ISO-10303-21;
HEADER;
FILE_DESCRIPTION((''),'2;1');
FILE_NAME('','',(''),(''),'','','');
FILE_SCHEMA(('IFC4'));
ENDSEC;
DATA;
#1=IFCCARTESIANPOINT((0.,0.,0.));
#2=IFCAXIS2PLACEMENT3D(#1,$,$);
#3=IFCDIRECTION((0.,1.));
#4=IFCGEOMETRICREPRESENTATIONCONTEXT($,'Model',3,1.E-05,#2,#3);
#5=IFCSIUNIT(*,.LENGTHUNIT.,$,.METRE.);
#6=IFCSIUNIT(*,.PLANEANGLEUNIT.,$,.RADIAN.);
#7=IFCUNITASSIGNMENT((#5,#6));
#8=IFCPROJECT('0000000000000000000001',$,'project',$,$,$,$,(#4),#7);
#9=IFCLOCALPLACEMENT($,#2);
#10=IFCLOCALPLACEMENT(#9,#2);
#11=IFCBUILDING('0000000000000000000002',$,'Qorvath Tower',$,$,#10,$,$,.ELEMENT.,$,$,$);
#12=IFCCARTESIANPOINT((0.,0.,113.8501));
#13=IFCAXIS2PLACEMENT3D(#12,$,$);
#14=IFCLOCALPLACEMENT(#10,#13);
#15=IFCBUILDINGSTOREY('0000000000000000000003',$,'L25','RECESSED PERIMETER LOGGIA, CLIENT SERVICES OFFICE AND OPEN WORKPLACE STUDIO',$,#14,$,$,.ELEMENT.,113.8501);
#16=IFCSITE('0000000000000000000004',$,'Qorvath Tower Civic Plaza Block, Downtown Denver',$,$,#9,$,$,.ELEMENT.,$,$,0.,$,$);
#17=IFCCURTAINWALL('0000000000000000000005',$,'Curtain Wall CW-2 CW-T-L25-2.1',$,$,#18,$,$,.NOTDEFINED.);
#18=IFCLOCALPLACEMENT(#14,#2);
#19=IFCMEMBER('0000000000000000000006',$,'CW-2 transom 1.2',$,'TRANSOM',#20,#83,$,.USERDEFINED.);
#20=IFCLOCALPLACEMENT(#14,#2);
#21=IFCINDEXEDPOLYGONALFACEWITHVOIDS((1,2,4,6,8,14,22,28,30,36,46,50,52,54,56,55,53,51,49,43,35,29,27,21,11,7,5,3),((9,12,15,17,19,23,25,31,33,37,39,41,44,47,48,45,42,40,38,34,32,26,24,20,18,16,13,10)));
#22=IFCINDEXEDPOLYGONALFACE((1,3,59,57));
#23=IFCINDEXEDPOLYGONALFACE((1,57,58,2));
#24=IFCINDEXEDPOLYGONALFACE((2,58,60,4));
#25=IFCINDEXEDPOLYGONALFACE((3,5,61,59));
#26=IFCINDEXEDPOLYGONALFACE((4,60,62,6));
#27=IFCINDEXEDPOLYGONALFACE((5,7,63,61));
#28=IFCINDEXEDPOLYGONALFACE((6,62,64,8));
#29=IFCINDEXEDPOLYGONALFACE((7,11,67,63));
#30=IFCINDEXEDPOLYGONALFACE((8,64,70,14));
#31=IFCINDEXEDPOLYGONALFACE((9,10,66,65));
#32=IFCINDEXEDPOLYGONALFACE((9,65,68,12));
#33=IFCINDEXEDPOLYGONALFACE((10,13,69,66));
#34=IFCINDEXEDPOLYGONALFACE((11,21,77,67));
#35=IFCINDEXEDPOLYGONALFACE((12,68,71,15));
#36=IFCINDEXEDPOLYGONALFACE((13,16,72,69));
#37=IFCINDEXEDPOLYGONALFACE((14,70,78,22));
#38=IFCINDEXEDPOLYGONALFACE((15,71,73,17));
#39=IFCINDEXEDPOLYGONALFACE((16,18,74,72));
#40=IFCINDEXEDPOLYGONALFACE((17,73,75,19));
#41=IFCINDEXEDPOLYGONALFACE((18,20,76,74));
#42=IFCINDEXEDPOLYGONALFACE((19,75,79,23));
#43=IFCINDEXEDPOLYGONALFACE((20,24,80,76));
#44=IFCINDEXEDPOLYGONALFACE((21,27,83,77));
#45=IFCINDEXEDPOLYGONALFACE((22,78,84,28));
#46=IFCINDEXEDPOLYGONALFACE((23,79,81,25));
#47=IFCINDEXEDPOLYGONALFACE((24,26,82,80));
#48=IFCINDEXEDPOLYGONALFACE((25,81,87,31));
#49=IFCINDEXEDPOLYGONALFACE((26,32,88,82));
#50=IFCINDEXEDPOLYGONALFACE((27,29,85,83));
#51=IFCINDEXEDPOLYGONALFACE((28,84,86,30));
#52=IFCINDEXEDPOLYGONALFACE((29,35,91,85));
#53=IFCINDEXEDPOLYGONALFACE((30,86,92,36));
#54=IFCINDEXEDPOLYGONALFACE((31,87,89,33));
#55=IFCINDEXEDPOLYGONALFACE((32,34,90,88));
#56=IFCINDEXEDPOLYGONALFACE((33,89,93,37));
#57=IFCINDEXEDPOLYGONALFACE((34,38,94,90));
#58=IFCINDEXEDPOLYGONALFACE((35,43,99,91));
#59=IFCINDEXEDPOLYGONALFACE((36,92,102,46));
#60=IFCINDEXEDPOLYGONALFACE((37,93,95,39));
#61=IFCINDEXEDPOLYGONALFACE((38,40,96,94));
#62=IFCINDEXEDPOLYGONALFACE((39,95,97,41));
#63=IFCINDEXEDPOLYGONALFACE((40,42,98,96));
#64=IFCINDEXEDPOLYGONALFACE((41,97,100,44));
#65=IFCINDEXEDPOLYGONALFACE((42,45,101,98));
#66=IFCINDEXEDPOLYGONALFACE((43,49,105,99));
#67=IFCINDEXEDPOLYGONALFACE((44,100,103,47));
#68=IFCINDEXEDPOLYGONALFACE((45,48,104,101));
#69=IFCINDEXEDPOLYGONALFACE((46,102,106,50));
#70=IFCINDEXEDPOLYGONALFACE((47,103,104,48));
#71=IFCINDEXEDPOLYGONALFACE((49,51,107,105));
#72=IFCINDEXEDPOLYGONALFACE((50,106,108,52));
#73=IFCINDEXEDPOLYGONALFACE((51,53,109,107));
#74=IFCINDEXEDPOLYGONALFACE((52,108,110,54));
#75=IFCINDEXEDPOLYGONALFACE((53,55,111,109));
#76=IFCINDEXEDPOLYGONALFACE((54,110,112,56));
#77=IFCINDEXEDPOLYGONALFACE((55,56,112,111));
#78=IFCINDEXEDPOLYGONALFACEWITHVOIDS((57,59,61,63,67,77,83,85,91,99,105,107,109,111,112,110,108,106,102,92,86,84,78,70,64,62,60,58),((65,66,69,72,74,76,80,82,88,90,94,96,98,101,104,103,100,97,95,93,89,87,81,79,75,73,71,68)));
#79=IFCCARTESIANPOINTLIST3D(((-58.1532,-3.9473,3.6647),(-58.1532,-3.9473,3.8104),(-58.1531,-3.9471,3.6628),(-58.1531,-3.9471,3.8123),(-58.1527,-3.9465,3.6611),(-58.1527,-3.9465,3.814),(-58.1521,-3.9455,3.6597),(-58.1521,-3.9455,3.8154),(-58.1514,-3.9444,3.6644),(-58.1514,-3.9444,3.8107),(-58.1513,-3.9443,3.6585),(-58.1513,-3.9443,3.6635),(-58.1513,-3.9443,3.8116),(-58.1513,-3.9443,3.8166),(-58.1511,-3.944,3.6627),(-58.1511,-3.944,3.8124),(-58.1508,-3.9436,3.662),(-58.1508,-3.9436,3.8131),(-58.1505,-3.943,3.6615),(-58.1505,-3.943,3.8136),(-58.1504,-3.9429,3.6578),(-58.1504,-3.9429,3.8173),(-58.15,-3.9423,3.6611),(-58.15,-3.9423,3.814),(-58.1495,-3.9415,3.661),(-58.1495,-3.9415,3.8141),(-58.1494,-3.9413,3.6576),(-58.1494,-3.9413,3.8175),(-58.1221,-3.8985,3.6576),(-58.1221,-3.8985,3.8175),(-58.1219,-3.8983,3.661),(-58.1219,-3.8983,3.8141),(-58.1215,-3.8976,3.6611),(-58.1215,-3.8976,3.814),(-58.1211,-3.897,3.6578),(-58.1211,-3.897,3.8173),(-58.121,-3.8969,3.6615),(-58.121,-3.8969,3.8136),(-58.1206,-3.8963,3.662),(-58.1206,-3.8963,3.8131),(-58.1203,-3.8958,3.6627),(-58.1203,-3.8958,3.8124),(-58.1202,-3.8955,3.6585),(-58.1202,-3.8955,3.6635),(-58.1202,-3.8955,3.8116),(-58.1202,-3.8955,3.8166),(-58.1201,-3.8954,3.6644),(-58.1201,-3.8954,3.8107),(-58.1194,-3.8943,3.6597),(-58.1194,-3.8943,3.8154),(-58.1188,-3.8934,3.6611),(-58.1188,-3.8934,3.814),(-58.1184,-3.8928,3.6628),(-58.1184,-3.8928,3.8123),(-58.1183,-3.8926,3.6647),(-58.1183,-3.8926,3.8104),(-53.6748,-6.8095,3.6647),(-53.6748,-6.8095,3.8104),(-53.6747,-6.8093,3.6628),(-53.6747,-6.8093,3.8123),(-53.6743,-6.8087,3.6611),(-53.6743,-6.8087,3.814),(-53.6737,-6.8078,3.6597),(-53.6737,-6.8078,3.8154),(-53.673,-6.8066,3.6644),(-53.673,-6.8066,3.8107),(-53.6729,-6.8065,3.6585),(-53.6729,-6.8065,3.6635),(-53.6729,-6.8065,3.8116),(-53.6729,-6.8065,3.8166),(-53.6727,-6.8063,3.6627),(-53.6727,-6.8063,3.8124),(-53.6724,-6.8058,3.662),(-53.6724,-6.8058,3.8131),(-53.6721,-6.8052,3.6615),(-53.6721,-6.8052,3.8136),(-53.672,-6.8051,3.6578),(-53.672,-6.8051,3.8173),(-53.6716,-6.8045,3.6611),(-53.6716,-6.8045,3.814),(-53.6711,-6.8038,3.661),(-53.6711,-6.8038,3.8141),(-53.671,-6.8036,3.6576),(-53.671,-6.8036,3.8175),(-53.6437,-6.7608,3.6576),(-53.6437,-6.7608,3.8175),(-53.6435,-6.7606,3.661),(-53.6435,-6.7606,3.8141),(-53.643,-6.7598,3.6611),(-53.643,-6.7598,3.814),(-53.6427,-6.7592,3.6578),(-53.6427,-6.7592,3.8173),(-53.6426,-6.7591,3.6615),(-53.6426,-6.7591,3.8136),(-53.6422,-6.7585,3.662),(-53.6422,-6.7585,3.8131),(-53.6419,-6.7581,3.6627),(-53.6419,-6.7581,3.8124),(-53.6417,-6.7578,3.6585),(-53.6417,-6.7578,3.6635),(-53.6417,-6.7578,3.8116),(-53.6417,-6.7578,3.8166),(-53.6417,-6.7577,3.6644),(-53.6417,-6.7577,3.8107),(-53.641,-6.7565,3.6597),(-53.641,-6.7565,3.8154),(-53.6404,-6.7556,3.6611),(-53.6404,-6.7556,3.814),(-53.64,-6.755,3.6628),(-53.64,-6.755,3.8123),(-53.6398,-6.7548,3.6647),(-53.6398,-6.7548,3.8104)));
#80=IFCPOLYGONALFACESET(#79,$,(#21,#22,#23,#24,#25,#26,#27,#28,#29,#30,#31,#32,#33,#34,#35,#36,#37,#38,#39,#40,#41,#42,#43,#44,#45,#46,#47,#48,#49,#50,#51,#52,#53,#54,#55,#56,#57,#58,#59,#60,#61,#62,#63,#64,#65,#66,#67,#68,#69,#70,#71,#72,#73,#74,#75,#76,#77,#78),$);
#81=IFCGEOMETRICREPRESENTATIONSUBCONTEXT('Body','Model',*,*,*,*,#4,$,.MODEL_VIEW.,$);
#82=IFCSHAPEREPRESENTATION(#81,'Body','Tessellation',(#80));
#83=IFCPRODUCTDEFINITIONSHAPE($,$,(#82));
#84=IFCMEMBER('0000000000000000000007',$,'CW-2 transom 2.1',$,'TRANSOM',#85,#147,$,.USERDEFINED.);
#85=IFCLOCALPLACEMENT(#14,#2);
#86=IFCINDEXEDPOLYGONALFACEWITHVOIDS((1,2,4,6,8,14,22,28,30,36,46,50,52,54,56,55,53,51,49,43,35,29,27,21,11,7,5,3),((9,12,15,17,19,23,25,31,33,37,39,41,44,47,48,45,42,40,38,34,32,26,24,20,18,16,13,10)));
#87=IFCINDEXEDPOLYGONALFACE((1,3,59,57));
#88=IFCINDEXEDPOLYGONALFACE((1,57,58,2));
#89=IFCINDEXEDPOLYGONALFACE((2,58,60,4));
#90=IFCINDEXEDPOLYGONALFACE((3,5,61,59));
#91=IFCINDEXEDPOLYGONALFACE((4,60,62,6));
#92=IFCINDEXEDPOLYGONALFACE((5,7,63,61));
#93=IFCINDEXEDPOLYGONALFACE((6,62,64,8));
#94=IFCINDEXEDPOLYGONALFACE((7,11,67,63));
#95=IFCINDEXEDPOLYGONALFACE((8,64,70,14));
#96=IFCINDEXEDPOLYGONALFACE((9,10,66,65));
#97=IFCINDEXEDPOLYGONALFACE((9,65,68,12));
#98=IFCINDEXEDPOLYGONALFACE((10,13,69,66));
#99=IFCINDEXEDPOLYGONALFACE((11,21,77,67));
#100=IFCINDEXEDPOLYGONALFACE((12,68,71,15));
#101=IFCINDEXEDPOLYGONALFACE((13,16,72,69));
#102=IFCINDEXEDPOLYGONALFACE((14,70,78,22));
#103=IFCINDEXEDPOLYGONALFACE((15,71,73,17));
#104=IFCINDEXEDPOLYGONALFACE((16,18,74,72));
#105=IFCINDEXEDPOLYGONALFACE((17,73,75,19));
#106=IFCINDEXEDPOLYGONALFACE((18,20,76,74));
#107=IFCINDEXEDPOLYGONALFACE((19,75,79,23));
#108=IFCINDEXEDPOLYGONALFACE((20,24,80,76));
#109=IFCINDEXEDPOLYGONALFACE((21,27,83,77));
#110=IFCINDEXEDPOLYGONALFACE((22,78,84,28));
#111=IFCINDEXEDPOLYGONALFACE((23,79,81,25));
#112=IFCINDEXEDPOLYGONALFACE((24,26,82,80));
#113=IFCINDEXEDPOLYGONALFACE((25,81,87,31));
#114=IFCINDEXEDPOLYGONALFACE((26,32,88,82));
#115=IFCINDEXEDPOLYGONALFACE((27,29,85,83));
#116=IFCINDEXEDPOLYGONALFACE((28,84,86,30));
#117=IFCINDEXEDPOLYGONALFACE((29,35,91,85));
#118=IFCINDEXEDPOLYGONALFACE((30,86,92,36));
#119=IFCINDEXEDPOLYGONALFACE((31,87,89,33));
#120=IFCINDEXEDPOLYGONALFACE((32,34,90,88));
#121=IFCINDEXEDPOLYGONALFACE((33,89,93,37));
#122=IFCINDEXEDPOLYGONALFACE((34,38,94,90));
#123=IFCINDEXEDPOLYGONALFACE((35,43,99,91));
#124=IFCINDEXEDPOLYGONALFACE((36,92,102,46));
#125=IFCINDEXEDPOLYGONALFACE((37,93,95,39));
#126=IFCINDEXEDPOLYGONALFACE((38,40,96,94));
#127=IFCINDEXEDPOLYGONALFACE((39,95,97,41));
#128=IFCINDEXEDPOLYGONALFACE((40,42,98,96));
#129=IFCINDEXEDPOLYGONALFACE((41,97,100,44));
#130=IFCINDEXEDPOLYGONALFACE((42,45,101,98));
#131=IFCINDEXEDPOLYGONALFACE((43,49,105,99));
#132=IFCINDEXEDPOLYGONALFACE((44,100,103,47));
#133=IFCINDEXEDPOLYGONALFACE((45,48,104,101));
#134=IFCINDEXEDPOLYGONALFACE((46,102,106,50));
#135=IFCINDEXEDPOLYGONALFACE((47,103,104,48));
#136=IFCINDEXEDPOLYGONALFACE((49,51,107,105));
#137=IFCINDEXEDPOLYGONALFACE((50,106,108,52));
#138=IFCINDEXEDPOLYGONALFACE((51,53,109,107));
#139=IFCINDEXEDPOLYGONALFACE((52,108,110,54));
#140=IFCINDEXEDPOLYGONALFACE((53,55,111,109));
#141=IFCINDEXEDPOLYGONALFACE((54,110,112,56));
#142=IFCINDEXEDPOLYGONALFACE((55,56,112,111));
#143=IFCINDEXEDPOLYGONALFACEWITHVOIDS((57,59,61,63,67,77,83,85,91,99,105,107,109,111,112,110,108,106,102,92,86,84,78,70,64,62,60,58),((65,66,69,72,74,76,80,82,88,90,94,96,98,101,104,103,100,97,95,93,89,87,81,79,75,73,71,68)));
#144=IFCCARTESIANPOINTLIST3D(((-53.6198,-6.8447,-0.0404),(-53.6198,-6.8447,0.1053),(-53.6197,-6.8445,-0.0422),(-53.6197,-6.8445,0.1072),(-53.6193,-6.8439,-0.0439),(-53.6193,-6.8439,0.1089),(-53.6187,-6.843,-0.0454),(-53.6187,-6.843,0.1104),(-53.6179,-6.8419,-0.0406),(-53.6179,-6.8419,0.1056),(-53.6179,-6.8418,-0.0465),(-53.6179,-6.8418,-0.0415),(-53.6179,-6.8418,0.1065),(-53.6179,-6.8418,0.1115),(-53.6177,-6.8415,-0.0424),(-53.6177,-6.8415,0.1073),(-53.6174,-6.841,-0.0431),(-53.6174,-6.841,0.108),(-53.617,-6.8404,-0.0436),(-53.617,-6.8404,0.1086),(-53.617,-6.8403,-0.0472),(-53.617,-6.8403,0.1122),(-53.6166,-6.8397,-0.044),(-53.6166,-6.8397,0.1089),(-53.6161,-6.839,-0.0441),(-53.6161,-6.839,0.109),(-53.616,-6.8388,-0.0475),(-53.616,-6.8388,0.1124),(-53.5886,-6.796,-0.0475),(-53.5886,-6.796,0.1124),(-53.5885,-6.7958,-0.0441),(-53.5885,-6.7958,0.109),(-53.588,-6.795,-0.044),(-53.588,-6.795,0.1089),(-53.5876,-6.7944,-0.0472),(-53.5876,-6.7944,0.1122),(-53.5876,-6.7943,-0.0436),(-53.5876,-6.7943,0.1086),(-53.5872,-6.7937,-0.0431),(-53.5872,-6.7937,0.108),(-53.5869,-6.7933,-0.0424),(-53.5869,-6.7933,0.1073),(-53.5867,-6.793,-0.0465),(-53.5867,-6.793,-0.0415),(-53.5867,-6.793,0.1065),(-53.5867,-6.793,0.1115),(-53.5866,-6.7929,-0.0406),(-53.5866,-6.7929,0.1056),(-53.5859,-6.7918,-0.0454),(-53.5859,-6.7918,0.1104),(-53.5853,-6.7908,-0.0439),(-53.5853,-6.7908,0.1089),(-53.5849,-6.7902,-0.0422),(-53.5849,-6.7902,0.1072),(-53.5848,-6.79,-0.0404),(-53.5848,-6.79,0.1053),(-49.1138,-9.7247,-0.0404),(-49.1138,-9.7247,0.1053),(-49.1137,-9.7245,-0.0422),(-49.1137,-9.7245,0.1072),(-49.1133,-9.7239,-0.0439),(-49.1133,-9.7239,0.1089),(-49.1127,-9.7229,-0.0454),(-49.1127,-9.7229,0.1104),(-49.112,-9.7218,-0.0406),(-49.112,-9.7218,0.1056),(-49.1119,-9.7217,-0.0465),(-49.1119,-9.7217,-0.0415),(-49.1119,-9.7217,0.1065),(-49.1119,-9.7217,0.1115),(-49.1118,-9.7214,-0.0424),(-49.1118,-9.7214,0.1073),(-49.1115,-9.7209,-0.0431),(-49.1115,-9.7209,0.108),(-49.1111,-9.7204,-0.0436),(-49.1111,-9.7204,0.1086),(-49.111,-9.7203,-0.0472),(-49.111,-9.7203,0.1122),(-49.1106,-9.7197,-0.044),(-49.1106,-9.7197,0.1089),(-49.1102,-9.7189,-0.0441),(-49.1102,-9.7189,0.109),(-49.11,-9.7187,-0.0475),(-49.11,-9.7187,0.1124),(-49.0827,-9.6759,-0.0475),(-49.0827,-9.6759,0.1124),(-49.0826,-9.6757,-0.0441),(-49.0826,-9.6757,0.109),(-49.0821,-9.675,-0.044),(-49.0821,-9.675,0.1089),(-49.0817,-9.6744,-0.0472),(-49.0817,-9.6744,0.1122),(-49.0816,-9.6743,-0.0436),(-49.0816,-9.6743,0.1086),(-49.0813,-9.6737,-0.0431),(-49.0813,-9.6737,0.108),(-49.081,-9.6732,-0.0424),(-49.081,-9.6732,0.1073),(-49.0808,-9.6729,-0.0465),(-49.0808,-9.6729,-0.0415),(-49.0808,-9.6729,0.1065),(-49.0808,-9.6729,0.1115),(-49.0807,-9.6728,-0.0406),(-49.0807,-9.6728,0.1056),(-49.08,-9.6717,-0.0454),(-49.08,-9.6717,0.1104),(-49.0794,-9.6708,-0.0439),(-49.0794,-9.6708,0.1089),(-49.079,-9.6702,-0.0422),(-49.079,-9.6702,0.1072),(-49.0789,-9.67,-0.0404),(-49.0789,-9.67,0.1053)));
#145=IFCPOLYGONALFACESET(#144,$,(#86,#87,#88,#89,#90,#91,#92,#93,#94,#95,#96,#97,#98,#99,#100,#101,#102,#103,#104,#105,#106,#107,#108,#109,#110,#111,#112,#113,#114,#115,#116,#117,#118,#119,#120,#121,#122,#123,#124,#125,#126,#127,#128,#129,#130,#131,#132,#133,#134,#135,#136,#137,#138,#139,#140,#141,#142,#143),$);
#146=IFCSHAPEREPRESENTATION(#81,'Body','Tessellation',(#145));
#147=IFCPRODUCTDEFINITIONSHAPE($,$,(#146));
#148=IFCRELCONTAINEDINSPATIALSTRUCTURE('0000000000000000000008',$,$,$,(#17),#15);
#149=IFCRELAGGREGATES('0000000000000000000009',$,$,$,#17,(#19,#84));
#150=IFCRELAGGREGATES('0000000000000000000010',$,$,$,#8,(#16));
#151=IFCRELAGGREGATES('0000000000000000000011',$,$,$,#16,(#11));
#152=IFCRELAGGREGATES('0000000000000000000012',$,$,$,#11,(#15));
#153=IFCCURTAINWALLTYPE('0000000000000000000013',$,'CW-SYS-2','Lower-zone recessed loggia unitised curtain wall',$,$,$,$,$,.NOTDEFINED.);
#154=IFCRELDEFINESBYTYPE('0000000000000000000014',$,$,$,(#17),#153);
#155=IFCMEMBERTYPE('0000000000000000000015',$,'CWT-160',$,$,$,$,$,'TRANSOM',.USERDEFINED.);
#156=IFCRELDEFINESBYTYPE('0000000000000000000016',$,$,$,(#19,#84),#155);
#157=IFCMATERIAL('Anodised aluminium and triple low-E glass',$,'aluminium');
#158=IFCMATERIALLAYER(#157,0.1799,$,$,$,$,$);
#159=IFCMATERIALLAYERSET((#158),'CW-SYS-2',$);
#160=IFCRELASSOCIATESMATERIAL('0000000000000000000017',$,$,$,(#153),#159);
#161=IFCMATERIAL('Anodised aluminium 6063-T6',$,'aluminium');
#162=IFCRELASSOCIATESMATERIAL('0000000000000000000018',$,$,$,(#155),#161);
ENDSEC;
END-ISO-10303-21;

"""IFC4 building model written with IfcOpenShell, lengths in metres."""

from ifc_helpers import new_model, si_unit, direction, frame, origin, origin_2d, place, context, subcontext, project, spatial, hollow_rectangle, extrude, material, layer, layer_set, material_profile, profile_set, type_object, element, aggregate, save


model = new_model("IFC4")

# Units and contexts
model_context = context("Model", 3, precision=1e-05, world=origin(), true_north=direction((0.0, 1.0)))
body_context = subcontext(model_context, "Body", "Model", "MODEL_VIEW")
ifc_project = project(units=[si_unit("LENGTHUNIT", "METRE"), si_unit("PLANEANGLEUNIT", "RADIAN")], contexts=[model_context])

# Site, building, storey
site_placement = place(None, origin())
site = spatial("IfcSite", under=ifc_project, at=site_placement, Name="Qorvath Tower Civic Plaza Block, Downtown Denver", CompositionType="ELEMENT", RefElevation=0.0)
building_placement = place(site_placement, origin())
building = spatial("IfcBuilding", under=site, at=building_placement, Name="Qorvath Tower", CompositionType="ELEMENT")
storey_placement = place(building_placement, frame((0.0, 0.0, 113.8501)))
storey = spatial("IfcBuildingStorey", under=building, at=storey_placement, Name="L25", Description="RECESSED PERIMETER LOGGIA, CLIENT SERVICES OFFICE AND OPEN WORKPLACE STUDIO", CompositionType="ELEMENT", Elevation=113.8501)

# Curtain wall, members
ifc_material_1 = material(Name="Anodised aluminium and triple low-E glass", Category="aluminium")
ifc_layer_1 = layer(ifc_material_1, 0.1799)
ifc_layer_set_1 = layer_set([ifc_layer_1], Name="CW-SYS-2")
curtain_wall_type = type_object("IfcCurtainWallType", Name="CW-SYS-2", Description="Lower-zone recessed loggia unitised curtain wall", PredefinedType="NOTDEFINED", material=ifc_layer_set_1)
curtain_wall_placement = place(storey_placement, origin())
curtain_wall = element("IfcCurtainWall", 1, at=curtain_wall_placement, inside=storey, type_object=curtain_wall_type, Name="Curtain Wall CW-2 CW-T-L25-2.1", PredefinedType="NOTDEFINED")
ifc_material_2 = material(Name="Anodised aluminium 6063-T6", Category="aluminium")
ifc_material_profile_1 = material_profile(ifc_material_2, hollow_rectangle(XDim=0.0649, YDim=0.1599, WallThickness=0.0034, InnerFilletRadius=0.0034, OuterFilletRadius=0.0071, at=origin_2d()), Name="CWT 160x65")
ifc_profile_set_1 = profile_set([ifc_material_profile_1], Name="Anodised aluminium 6063-T6")
member_type_1 = type_object("IfcMemberType", Name="CWT-160", ElementType="TRANSOM", PredefinedType="USERDEFINED", material=ifc_profile_set_1)
member_1_placement = place(storey_placement, frame((-58.1357, -3.9199, 3.7375), z_axis=(0.842608, -0.538527, 0.0), x_axis=(0.538527, 0.842608, 0.0)))
member_1 = element("IfcMember", 2, at=member_1_placement, type_object=member_type_1, Name="CW-2 transom 1.2", ObjectType="TRANSOM", PredefinedType="USERDEFINED", context=body_context, shape_type="SweptSolid", body=[
    extrude(hollow_rectangle(XDim=0.0649, YDim=0.1599, WallThickness=0.0034, InnerFilletRadius=0.0034, OuterFilletRadius=0.0071, at=origin_2d()), origin(), (0.0, 0.0, 1.0), 5.3149),
])
member_2_placement = place(storey_placement, frame((-53.6023, -6.8174, 0.0325), z_axis=(0.8426, -0.538541, 0.0), x_axis=(0.538541, 0.8426, 0.0)))
member_2 = element("IfcMember", 3, at=member_2_placement, type_object=member_type_1, Name="CW-2 transom 2.1", ObjectType="TRANSOM", PredefinedType="USERDEFINED", context=body_context, shape_type="SweptSolid", body=[
    extrude(hollow_rectangle(XDim=0.0649, YDim=0.1599, WallThickness=0.0034, InnerFilletRadius=0.0034, OuterFilletRadius=0.0071, at=origin_2d()), origin(), (0.0, 0.0, 1.0), 5.3477),
])
aggregate(curtain_wall, [member_1, member_2])

save(model, "model.ifc")
